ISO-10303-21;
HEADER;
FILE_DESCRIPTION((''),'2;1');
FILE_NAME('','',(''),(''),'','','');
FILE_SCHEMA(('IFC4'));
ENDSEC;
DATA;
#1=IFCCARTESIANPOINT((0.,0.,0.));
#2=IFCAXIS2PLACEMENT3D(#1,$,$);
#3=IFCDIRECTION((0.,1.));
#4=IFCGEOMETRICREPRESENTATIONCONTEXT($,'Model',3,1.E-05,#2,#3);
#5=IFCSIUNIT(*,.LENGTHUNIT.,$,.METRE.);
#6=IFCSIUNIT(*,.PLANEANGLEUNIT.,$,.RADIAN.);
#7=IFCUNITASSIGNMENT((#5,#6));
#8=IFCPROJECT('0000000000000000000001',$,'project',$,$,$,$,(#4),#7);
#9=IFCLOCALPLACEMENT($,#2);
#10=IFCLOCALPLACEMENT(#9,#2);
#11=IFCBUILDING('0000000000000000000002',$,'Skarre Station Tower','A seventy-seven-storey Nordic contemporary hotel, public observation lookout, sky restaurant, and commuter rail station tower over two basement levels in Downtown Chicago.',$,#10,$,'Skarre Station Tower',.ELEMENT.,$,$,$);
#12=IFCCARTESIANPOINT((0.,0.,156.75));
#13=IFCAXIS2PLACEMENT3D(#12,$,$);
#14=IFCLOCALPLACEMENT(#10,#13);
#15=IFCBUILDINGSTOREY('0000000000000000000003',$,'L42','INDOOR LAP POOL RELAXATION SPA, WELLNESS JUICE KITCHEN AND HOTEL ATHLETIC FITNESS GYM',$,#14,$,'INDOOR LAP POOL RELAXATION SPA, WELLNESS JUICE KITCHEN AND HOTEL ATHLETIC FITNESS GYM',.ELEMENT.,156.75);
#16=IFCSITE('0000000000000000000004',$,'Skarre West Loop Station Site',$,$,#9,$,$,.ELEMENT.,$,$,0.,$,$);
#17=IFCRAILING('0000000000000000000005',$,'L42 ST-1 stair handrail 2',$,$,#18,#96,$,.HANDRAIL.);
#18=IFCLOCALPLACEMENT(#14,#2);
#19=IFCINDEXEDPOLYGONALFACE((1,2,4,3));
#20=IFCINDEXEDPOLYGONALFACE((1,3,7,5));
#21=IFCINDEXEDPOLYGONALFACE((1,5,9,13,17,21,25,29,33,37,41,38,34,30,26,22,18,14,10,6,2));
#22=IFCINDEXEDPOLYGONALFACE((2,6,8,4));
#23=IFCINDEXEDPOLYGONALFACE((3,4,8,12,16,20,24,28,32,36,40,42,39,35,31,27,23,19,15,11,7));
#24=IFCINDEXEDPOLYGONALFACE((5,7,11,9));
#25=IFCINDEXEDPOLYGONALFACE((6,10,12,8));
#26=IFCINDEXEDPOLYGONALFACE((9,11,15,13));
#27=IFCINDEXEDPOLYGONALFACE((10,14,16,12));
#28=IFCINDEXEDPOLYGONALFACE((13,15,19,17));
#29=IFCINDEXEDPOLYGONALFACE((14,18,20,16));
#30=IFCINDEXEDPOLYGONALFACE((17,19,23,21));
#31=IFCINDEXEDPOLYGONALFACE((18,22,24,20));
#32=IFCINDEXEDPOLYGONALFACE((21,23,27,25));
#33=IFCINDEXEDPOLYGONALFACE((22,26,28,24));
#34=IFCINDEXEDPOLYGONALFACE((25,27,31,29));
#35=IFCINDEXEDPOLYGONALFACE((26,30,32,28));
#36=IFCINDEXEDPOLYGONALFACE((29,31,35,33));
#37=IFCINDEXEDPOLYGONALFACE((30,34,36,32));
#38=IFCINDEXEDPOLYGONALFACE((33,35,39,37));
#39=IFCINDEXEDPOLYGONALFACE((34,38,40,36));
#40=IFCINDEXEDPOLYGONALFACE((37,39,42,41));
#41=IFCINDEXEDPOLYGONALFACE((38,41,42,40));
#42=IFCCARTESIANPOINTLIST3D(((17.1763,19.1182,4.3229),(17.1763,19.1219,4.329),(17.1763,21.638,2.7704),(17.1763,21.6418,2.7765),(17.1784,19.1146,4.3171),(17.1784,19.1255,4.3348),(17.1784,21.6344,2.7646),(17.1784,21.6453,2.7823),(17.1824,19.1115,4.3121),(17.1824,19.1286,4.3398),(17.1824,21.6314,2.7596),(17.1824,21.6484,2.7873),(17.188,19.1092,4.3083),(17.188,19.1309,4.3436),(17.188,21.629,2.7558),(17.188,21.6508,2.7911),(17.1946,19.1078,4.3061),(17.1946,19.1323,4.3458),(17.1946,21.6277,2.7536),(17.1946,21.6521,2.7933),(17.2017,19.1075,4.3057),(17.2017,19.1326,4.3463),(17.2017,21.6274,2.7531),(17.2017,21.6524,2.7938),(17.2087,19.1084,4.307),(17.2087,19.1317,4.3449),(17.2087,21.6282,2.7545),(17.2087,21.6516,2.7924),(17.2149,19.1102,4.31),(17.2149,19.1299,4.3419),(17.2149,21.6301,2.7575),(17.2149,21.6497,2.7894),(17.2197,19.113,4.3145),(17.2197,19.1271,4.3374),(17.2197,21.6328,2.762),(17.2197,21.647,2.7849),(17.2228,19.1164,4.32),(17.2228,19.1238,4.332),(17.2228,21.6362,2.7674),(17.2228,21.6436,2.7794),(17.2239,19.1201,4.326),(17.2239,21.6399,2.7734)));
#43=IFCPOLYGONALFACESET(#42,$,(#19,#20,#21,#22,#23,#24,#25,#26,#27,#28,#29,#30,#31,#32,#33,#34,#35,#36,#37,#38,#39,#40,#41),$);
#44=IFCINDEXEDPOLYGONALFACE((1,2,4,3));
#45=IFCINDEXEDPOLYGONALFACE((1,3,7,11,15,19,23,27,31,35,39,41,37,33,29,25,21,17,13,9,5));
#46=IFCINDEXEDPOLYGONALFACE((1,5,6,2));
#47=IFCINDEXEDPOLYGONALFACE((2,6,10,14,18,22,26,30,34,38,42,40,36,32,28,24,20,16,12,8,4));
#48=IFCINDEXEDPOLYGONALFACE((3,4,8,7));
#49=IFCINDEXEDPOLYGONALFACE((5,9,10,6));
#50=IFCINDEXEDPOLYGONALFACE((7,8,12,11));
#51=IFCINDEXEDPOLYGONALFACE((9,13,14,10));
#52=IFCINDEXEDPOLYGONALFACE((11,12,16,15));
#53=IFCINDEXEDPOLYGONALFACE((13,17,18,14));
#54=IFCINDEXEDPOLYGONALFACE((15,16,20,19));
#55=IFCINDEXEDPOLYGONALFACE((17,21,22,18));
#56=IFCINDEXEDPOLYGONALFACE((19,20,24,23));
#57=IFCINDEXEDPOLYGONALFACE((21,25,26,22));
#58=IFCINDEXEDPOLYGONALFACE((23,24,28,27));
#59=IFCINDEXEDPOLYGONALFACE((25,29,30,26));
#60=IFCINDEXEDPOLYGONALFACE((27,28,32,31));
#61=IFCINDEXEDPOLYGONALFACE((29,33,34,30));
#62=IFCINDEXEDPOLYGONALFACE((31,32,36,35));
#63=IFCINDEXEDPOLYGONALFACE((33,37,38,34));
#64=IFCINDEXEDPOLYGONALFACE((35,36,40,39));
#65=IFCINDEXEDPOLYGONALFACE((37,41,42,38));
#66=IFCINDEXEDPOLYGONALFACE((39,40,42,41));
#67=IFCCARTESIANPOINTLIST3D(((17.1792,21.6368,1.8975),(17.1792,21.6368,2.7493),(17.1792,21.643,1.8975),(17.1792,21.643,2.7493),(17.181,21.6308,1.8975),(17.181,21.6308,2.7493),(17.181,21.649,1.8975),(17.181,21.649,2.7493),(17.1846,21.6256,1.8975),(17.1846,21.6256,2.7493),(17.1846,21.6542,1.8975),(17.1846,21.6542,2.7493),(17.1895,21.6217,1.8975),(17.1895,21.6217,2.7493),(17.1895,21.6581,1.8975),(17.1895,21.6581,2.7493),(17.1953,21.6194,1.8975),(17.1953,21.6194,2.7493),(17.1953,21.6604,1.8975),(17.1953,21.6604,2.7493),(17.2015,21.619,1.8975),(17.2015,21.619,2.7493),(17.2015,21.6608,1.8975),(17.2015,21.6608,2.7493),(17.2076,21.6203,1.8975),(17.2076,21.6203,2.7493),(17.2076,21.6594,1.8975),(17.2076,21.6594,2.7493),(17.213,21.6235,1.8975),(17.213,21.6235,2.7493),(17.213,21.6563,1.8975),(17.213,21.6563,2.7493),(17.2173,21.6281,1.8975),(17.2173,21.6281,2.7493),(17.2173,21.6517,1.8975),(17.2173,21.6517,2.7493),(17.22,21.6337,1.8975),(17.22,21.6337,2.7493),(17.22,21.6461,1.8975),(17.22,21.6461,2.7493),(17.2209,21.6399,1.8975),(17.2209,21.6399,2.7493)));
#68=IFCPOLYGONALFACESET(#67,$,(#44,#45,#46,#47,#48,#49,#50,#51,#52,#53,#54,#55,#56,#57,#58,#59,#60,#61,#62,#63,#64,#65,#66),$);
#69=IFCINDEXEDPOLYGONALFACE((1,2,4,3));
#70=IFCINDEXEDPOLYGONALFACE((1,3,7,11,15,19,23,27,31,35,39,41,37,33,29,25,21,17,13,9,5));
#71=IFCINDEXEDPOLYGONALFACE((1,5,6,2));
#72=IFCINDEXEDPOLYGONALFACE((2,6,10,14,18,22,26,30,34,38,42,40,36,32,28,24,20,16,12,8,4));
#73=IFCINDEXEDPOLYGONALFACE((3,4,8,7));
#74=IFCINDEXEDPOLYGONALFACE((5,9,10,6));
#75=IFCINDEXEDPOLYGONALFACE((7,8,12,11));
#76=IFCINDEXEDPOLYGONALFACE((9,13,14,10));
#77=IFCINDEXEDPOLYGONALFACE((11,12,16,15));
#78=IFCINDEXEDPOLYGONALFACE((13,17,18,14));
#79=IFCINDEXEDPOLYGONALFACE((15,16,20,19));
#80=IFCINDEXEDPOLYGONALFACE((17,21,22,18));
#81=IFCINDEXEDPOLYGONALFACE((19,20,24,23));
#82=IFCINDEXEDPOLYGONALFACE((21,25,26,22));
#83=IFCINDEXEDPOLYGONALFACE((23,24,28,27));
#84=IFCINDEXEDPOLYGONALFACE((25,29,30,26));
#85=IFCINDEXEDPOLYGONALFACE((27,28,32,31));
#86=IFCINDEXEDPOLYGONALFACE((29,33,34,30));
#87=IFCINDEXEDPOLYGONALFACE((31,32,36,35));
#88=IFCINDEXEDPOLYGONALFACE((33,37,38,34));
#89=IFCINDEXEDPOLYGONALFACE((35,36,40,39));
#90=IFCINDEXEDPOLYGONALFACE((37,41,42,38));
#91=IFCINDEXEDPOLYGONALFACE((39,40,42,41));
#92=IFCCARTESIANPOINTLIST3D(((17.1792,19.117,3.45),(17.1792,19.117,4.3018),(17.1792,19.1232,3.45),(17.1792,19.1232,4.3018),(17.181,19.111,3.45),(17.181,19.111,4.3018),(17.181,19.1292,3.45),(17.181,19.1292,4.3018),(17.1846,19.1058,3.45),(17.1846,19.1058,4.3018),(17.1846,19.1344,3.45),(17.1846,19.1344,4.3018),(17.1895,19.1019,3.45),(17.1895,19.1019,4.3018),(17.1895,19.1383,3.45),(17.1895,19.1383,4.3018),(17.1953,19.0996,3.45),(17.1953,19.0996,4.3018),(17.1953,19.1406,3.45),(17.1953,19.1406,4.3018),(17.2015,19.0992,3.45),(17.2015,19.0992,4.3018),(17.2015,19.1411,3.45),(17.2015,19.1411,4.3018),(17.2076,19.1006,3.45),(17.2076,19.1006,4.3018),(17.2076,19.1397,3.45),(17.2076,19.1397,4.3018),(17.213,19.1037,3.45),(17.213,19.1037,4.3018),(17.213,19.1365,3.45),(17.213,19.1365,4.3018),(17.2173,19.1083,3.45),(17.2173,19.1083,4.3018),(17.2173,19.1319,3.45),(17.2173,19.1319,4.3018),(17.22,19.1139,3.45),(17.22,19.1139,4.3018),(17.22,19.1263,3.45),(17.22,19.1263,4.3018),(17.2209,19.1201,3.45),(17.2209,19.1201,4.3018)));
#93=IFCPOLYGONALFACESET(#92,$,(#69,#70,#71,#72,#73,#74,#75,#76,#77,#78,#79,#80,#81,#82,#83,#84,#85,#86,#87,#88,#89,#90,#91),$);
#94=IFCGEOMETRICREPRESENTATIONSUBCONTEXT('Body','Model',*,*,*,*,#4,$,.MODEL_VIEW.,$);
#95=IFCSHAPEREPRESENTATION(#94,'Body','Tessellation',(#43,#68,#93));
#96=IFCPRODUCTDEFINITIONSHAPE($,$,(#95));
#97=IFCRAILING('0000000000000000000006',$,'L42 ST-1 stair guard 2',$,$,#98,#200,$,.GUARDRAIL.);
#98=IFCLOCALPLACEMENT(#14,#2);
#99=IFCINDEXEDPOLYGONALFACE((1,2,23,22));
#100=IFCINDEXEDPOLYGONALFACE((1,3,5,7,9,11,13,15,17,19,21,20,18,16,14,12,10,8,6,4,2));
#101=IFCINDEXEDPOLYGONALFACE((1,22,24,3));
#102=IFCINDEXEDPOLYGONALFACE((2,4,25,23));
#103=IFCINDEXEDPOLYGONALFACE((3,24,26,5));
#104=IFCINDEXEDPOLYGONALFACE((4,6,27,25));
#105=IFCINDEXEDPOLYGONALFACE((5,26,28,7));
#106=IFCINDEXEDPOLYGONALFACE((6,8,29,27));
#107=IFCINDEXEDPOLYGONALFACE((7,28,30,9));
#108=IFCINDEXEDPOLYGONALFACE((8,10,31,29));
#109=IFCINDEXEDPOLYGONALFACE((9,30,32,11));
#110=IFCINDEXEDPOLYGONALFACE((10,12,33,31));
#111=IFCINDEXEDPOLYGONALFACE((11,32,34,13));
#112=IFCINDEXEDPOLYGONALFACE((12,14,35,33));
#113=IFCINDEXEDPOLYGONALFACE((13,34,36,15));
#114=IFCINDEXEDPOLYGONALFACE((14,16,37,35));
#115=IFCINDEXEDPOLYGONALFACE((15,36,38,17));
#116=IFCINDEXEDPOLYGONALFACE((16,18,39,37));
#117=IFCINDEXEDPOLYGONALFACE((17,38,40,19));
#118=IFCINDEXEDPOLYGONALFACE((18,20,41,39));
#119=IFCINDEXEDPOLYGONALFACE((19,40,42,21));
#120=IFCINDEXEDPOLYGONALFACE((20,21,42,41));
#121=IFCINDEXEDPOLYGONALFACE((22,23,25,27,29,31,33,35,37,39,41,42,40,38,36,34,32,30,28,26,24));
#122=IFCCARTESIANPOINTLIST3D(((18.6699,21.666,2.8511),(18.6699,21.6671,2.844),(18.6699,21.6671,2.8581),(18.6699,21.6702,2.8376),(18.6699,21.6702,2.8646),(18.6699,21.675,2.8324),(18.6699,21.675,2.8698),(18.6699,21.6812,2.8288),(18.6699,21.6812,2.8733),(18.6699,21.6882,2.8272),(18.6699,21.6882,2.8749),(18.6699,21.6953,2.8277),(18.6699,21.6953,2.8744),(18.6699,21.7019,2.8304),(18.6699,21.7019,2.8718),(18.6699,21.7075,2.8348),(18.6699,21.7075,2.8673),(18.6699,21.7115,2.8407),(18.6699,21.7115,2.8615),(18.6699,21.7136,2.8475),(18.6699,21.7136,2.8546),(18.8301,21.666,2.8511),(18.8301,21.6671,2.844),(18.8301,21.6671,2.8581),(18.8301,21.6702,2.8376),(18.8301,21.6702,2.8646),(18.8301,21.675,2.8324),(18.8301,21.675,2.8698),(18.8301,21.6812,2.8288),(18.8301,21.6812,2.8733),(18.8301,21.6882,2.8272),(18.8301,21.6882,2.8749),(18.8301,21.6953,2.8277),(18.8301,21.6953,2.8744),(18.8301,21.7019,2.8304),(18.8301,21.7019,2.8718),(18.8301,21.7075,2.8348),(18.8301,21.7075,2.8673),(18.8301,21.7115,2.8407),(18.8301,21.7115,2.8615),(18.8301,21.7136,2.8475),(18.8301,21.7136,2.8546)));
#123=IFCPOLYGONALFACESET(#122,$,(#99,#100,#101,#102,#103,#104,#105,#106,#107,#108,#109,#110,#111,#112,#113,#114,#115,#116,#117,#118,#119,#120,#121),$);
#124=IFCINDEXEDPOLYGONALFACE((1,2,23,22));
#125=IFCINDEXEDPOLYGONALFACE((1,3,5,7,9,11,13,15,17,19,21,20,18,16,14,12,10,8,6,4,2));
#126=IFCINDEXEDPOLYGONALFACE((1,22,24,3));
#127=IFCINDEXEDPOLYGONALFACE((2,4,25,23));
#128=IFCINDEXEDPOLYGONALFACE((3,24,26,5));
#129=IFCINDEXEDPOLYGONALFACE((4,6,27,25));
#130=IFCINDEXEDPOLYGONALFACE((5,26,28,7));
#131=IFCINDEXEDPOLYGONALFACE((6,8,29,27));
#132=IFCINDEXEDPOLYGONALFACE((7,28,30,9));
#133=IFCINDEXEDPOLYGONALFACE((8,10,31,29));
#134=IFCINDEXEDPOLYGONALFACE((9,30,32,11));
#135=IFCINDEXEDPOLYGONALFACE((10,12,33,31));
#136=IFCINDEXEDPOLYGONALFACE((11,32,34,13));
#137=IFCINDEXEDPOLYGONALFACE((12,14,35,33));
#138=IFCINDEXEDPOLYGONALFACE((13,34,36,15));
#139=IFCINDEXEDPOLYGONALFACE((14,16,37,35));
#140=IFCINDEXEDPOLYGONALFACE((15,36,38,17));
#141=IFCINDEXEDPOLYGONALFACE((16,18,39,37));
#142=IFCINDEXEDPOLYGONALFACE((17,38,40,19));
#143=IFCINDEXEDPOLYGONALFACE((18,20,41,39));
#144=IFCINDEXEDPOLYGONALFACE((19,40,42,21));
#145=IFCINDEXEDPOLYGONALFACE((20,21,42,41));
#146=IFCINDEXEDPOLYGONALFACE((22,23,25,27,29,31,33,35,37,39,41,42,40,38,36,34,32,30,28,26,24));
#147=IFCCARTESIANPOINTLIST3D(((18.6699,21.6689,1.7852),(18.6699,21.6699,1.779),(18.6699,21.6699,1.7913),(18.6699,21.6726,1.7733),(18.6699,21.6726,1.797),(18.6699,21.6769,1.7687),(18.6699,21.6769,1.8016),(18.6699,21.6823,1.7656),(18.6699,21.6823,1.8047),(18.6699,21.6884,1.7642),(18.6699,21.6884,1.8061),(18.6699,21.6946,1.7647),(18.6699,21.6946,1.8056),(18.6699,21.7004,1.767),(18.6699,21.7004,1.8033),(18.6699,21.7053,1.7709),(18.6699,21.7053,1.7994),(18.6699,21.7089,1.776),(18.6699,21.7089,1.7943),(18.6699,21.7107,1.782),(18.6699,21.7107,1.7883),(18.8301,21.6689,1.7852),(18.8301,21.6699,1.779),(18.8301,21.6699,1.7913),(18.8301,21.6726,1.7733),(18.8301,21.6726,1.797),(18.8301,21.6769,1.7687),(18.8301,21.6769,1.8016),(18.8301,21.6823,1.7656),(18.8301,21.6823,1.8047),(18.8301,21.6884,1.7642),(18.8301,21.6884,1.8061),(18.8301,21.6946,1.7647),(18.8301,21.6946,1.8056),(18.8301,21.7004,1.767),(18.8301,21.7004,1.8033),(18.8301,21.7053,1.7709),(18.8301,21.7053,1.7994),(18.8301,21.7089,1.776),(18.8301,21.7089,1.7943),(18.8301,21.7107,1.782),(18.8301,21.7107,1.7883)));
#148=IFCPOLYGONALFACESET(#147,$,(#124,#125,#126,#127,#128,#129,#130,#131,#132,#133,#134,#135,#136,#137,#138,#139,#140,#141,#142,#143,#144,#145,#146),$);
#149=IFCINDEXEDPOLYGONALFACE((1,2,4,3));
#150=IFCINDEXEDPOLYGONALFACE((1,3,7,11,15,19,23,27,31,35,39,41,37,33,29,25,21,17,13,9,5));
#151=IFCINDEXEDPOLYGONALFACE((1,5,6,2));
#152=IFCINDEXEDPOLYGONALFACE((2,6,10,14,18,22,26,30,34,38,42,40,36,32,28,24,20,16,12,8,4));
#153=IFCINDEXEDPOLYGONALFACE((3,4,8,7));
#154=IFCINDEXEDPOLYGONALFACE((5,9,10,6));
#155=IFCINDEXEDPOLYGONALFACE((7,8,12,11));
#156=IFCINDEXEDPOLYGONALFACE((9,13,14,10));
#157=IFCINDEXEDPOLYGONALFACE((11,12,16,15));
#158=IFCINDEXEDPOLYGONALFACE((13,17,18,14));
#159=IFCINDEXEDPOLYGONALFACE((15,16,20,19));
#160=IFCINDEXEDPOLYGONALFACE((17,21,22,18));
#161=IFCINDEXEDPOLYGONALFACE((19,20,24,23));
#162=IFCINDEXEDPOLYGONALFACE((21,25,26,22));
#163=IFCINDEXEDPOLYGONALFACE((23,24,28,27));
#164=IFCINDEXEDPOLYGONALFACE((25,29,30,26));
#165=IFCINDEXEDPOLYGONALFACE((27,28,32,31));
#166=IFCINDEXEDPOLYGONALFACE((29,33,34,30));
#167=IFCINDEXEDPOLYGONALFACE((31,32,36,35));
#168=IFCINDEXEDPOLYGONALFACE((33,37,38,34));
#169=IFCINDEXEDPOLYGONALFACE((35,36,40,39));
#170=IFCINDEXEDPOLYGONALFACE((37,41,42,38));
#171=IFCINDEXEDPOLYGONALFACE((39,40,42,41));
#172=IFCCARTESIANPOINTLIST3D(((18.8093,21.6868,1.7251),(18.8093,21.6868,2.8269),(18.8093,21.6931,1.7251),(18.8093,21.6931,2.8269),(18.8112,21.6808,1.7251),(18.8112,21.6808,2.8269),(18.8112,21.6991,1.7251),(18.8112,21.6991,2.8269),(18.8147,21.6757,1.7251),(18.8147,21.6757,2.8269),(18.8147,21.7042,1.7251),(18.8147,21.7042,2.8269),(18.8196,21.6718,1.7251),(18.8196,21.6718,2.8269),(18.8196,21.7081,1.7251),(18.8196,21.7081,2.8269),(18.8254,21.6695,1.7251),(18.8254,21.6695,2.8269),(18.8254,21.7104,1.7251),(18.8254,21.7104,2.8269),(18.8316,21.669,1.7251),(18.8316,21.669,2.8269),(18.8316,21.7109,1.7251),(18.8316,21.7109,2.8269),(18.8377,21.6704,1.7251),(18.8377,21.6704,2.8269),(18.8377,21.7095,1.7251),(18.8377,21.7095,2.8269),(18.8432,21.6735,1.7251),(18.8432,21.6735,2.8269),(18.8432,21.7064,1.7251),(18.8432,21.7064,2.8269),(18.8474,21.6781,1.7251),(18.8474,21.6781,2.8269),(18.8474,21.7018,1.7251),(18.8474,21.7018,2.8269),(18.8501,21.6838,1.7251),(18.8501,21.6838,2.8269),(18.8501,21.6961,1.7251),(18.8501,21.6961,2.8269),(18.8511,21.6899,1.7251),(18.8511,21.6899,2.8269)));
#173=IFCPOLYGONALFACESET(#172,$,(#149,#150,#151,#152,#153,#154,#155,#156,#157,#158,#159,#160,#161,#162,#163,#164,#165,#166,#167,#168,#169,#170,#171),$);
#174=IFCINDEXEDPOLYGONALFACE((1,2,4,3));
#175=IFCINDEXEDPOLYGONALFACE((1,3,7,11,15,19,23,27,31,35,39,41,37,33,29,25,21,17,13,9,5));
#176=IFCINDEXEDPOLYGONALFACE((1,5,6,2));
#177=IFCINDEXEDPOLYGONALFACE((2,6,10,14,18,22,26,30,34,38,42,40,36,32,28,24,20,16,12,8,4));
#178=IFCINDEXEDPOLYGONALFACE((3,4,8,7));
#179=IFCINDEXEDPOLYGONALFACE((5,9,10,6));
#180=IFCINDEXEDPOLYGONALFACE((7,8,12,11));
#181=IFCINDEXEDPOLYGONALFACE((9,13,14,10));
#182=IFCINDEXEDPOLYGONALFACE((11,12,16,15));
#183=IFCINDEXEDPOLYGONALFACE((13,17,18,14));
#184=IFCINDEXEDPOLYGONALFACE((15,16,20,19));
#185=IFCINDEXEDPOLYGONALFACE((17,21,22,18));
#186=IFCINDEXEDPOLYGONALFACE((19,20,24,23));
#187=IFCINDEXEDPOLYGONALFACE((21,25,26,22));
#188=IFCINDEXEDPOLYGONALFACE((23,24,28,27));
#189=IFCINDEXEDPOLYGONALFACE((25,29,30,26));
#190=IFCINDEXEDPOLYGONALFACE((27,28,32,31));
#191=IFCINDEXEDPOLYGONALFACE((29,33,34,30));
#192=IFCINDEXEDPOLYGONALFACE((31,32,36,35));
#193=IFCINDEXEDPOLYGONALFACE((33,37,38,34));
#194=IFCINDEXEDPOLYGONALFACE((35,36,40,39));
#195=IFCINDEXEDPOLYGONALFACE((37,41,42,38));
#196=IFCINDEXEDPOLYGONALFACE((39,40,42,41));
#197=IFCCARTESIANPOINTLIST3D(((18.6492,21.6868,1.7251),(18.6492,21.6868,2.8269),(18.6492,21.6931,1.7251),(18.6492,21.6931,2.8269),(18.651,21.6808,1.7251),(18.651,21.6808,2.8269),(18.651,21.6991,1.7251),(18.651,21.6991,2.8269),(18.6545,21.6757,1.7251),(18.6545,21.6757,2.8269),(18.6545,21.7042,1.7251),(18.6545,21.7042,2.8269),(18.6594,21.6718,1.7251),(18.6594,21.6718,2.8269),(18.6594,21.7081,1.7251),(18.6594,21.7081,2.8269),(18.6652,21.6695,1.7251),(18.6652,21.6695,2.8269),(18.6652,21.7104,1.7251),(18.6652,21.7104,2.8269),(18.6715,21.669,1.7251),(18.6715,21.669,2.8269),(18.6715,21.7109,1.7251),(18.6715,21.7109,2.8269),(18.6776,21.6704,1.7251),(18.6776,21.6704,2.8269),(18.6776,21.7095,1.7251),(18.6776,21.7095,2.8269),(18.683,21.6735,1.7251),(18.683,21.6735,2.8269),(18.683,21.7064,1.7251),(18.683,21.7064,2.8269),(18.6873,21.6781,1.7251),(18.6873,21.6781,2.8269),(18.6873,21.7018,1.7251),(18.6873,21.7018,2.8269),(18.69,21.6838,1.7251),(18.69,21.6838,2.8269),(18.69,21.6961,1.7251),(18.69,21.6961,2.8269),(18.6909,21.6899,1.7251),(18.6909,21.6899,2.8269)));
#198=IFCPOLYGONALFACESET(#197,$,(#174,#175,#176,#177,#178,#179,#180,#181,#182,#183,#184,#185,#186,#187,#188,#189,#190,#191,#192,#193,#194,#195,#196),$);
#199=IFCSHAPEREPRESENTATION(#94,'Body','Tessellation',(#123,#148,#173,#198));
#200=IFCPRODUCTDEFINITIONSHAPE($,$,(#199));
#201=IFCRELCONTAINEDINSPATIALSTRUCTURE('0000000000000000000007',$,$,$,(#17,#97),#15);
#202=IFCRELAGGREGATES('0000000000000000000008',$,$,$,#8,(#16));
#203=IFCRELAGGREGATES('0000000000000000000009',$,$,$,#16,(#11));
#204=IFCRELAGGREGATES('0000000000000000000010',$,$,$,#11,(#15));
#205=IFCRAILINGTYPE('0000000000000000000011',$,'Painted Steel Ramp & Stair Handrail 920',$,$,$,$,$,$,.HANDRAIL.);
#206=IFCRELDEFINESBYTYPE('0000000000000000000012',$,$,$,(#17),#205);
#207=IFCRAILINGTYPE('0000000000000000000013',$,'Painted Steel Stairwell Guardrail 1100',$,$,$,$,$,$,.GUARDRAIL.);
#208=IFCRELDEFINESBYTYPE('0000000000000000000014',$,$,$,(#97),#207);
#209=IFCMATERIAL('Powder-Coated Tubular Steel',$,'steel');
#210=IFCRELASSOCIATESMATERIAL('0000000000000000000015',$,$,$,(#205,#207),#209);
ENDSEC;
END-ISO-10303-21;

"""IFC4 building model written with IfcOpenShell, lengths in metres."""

from ifc_helpers import new_model, si_unit, direction, frame, origin, origin_2d, place, context, subcontext, project, spatial, circle, extrude, material, type_object, element, save


model = new_model("IFC4")

# Units and contexts
model_context = context("Model", 3, precision=1e-05, world=origin(), true_north=direction((0.0, 1.0)))
body_context = subcontext(model_context, "Body", "Model", "MODEL_VIEW")
ifc_project = project(units=[si_unit("LENGTHUNIT", "METRE"), si_unit("PLANEANGLEUNIT", "RADIAN")], contexts=[model_context])

# Site, building, storey
site_placement = place(None, origin())
site = spatial("IfcSite", under=ifc_project, at=site_placement, Name="Skarre West Loop Station Site", CompositionType="ELEMENT", RefElevation=0.0)
building_placement = place(site_placement, origin())
building = spatial("IfcBuilding", under=site, at=building_placement, Name="Skarre Station Tower", Description="A seventy-seven-storey Nordic contemporary hotel, public observation lookout, sky restaurant, and commuter rail station tower over two basement levels in Downtown Chicago.", LongName="Skarre Station Tower", CompositionType="ELEMENT")
storey_placement = place(building_placement, frame((0.0, 0.0, 156.75)))
storey = spatial("IfcBuildingStorey", under=building, at=storey_placement, Name="L42", Description="INDOOR LAP POOL RELAXATION SPA, WELLNESS JUICE KITCHEN AND HOTEL ATHLETIC FITNESS GYM", LongName="INDOOR LAP POOL RELAXATION SPA, WELLNESS JUICE KITCHEN AND HOTEL ATHLETIC FITNESS GYM", CompositionType="ELEMENT", Elevation=156.75)

# Railings
ifc_material_1 = material(Name="Powder-Coated Tubular Steel", Category="steel")
railing_type_1 = type_object("IfcRailingType", Name="Painted Steel Ramp & Stair Handrail 920", PredefinedType="HANDRAIL", material=ifc_material_1)
railing_1_placement = place(storey_placement, frame((17.2, 21.6399, 1.8975)))
element("IfcRailing", 1, at=railing_1_placement, inside=storey, type_object=railing_type_1, Name="L42 ST-1 stair handrail 2", PredefinedType="HANDRAIL", context=body_context, shape_type="SweptSolid", body=[
    extrude(circle(Radius=0.0239, at=origin_2d()), frame((0.0, 0.0, 0.876), z_axis=(0.0, -0.851378, 0.524553), x_axis=(1.0, 0.0, 0.0)), (0.0, 0.0, 1.0), 2.9597),
    extrude(circle(Radius=0.021, at=origin_2d()), origin(), (0.0, 0.0, 1.0), 0.8518),
    extrude(circle(Radius=0.021, at=origin_2d()), frame((0.0, -2.5198, 1.5525)), (0.0, 0.0, 1.0), 0.8518),
])
railing_type_2 = type_object("IfcRailingType", Name="Painted Steel Stairwell Guardrail 1100", PredefinedType="GUARDRAIL", material=ifc_material_1)
railing_2_placement = place(storey_placement, frame((18.8301, 21.6899, 1.7251)))
element("IfcRailing", 2, at=railing_2_placement, inside=storey, type_object=railing_type_2, Name="L42 ST-1 stair guard 2", PredefinedType="GUARDRAIL", context=body_context, shape_type="SweptSolid", body=[
    extrude(circle(Radius=0.0239, at=origin_2d()), frame((0.0, 0.0, 1.126), z_axis=(-1.0, 0.0, 0.0), x_axis=(0.0, -1.0, 0.0)), (0.0, 0.0, 1.0), 0.1602),
    extrude(circle(Radius=0.021, at=origin_2d()), frame((0.0, 0.0, 0.0601), z_axis=(-1.0, 0.0, 0.0), x_axis=(0.0, -1.0, 0.0)), (0.0, 0.0, 1.0), 0.1602),
    extrude(circle(Radius=0.021, at=origin_2d()), origin(), (0.0, 0.0, 1.0), 1.1018),
    extrude(circle(Radius=0.021, at=origin_2d()), frame((-0.1602, 0.0, 0.0)), (0.0, 0.0, 1.0), 1.1018),
])

save(model, "model.ifc")
